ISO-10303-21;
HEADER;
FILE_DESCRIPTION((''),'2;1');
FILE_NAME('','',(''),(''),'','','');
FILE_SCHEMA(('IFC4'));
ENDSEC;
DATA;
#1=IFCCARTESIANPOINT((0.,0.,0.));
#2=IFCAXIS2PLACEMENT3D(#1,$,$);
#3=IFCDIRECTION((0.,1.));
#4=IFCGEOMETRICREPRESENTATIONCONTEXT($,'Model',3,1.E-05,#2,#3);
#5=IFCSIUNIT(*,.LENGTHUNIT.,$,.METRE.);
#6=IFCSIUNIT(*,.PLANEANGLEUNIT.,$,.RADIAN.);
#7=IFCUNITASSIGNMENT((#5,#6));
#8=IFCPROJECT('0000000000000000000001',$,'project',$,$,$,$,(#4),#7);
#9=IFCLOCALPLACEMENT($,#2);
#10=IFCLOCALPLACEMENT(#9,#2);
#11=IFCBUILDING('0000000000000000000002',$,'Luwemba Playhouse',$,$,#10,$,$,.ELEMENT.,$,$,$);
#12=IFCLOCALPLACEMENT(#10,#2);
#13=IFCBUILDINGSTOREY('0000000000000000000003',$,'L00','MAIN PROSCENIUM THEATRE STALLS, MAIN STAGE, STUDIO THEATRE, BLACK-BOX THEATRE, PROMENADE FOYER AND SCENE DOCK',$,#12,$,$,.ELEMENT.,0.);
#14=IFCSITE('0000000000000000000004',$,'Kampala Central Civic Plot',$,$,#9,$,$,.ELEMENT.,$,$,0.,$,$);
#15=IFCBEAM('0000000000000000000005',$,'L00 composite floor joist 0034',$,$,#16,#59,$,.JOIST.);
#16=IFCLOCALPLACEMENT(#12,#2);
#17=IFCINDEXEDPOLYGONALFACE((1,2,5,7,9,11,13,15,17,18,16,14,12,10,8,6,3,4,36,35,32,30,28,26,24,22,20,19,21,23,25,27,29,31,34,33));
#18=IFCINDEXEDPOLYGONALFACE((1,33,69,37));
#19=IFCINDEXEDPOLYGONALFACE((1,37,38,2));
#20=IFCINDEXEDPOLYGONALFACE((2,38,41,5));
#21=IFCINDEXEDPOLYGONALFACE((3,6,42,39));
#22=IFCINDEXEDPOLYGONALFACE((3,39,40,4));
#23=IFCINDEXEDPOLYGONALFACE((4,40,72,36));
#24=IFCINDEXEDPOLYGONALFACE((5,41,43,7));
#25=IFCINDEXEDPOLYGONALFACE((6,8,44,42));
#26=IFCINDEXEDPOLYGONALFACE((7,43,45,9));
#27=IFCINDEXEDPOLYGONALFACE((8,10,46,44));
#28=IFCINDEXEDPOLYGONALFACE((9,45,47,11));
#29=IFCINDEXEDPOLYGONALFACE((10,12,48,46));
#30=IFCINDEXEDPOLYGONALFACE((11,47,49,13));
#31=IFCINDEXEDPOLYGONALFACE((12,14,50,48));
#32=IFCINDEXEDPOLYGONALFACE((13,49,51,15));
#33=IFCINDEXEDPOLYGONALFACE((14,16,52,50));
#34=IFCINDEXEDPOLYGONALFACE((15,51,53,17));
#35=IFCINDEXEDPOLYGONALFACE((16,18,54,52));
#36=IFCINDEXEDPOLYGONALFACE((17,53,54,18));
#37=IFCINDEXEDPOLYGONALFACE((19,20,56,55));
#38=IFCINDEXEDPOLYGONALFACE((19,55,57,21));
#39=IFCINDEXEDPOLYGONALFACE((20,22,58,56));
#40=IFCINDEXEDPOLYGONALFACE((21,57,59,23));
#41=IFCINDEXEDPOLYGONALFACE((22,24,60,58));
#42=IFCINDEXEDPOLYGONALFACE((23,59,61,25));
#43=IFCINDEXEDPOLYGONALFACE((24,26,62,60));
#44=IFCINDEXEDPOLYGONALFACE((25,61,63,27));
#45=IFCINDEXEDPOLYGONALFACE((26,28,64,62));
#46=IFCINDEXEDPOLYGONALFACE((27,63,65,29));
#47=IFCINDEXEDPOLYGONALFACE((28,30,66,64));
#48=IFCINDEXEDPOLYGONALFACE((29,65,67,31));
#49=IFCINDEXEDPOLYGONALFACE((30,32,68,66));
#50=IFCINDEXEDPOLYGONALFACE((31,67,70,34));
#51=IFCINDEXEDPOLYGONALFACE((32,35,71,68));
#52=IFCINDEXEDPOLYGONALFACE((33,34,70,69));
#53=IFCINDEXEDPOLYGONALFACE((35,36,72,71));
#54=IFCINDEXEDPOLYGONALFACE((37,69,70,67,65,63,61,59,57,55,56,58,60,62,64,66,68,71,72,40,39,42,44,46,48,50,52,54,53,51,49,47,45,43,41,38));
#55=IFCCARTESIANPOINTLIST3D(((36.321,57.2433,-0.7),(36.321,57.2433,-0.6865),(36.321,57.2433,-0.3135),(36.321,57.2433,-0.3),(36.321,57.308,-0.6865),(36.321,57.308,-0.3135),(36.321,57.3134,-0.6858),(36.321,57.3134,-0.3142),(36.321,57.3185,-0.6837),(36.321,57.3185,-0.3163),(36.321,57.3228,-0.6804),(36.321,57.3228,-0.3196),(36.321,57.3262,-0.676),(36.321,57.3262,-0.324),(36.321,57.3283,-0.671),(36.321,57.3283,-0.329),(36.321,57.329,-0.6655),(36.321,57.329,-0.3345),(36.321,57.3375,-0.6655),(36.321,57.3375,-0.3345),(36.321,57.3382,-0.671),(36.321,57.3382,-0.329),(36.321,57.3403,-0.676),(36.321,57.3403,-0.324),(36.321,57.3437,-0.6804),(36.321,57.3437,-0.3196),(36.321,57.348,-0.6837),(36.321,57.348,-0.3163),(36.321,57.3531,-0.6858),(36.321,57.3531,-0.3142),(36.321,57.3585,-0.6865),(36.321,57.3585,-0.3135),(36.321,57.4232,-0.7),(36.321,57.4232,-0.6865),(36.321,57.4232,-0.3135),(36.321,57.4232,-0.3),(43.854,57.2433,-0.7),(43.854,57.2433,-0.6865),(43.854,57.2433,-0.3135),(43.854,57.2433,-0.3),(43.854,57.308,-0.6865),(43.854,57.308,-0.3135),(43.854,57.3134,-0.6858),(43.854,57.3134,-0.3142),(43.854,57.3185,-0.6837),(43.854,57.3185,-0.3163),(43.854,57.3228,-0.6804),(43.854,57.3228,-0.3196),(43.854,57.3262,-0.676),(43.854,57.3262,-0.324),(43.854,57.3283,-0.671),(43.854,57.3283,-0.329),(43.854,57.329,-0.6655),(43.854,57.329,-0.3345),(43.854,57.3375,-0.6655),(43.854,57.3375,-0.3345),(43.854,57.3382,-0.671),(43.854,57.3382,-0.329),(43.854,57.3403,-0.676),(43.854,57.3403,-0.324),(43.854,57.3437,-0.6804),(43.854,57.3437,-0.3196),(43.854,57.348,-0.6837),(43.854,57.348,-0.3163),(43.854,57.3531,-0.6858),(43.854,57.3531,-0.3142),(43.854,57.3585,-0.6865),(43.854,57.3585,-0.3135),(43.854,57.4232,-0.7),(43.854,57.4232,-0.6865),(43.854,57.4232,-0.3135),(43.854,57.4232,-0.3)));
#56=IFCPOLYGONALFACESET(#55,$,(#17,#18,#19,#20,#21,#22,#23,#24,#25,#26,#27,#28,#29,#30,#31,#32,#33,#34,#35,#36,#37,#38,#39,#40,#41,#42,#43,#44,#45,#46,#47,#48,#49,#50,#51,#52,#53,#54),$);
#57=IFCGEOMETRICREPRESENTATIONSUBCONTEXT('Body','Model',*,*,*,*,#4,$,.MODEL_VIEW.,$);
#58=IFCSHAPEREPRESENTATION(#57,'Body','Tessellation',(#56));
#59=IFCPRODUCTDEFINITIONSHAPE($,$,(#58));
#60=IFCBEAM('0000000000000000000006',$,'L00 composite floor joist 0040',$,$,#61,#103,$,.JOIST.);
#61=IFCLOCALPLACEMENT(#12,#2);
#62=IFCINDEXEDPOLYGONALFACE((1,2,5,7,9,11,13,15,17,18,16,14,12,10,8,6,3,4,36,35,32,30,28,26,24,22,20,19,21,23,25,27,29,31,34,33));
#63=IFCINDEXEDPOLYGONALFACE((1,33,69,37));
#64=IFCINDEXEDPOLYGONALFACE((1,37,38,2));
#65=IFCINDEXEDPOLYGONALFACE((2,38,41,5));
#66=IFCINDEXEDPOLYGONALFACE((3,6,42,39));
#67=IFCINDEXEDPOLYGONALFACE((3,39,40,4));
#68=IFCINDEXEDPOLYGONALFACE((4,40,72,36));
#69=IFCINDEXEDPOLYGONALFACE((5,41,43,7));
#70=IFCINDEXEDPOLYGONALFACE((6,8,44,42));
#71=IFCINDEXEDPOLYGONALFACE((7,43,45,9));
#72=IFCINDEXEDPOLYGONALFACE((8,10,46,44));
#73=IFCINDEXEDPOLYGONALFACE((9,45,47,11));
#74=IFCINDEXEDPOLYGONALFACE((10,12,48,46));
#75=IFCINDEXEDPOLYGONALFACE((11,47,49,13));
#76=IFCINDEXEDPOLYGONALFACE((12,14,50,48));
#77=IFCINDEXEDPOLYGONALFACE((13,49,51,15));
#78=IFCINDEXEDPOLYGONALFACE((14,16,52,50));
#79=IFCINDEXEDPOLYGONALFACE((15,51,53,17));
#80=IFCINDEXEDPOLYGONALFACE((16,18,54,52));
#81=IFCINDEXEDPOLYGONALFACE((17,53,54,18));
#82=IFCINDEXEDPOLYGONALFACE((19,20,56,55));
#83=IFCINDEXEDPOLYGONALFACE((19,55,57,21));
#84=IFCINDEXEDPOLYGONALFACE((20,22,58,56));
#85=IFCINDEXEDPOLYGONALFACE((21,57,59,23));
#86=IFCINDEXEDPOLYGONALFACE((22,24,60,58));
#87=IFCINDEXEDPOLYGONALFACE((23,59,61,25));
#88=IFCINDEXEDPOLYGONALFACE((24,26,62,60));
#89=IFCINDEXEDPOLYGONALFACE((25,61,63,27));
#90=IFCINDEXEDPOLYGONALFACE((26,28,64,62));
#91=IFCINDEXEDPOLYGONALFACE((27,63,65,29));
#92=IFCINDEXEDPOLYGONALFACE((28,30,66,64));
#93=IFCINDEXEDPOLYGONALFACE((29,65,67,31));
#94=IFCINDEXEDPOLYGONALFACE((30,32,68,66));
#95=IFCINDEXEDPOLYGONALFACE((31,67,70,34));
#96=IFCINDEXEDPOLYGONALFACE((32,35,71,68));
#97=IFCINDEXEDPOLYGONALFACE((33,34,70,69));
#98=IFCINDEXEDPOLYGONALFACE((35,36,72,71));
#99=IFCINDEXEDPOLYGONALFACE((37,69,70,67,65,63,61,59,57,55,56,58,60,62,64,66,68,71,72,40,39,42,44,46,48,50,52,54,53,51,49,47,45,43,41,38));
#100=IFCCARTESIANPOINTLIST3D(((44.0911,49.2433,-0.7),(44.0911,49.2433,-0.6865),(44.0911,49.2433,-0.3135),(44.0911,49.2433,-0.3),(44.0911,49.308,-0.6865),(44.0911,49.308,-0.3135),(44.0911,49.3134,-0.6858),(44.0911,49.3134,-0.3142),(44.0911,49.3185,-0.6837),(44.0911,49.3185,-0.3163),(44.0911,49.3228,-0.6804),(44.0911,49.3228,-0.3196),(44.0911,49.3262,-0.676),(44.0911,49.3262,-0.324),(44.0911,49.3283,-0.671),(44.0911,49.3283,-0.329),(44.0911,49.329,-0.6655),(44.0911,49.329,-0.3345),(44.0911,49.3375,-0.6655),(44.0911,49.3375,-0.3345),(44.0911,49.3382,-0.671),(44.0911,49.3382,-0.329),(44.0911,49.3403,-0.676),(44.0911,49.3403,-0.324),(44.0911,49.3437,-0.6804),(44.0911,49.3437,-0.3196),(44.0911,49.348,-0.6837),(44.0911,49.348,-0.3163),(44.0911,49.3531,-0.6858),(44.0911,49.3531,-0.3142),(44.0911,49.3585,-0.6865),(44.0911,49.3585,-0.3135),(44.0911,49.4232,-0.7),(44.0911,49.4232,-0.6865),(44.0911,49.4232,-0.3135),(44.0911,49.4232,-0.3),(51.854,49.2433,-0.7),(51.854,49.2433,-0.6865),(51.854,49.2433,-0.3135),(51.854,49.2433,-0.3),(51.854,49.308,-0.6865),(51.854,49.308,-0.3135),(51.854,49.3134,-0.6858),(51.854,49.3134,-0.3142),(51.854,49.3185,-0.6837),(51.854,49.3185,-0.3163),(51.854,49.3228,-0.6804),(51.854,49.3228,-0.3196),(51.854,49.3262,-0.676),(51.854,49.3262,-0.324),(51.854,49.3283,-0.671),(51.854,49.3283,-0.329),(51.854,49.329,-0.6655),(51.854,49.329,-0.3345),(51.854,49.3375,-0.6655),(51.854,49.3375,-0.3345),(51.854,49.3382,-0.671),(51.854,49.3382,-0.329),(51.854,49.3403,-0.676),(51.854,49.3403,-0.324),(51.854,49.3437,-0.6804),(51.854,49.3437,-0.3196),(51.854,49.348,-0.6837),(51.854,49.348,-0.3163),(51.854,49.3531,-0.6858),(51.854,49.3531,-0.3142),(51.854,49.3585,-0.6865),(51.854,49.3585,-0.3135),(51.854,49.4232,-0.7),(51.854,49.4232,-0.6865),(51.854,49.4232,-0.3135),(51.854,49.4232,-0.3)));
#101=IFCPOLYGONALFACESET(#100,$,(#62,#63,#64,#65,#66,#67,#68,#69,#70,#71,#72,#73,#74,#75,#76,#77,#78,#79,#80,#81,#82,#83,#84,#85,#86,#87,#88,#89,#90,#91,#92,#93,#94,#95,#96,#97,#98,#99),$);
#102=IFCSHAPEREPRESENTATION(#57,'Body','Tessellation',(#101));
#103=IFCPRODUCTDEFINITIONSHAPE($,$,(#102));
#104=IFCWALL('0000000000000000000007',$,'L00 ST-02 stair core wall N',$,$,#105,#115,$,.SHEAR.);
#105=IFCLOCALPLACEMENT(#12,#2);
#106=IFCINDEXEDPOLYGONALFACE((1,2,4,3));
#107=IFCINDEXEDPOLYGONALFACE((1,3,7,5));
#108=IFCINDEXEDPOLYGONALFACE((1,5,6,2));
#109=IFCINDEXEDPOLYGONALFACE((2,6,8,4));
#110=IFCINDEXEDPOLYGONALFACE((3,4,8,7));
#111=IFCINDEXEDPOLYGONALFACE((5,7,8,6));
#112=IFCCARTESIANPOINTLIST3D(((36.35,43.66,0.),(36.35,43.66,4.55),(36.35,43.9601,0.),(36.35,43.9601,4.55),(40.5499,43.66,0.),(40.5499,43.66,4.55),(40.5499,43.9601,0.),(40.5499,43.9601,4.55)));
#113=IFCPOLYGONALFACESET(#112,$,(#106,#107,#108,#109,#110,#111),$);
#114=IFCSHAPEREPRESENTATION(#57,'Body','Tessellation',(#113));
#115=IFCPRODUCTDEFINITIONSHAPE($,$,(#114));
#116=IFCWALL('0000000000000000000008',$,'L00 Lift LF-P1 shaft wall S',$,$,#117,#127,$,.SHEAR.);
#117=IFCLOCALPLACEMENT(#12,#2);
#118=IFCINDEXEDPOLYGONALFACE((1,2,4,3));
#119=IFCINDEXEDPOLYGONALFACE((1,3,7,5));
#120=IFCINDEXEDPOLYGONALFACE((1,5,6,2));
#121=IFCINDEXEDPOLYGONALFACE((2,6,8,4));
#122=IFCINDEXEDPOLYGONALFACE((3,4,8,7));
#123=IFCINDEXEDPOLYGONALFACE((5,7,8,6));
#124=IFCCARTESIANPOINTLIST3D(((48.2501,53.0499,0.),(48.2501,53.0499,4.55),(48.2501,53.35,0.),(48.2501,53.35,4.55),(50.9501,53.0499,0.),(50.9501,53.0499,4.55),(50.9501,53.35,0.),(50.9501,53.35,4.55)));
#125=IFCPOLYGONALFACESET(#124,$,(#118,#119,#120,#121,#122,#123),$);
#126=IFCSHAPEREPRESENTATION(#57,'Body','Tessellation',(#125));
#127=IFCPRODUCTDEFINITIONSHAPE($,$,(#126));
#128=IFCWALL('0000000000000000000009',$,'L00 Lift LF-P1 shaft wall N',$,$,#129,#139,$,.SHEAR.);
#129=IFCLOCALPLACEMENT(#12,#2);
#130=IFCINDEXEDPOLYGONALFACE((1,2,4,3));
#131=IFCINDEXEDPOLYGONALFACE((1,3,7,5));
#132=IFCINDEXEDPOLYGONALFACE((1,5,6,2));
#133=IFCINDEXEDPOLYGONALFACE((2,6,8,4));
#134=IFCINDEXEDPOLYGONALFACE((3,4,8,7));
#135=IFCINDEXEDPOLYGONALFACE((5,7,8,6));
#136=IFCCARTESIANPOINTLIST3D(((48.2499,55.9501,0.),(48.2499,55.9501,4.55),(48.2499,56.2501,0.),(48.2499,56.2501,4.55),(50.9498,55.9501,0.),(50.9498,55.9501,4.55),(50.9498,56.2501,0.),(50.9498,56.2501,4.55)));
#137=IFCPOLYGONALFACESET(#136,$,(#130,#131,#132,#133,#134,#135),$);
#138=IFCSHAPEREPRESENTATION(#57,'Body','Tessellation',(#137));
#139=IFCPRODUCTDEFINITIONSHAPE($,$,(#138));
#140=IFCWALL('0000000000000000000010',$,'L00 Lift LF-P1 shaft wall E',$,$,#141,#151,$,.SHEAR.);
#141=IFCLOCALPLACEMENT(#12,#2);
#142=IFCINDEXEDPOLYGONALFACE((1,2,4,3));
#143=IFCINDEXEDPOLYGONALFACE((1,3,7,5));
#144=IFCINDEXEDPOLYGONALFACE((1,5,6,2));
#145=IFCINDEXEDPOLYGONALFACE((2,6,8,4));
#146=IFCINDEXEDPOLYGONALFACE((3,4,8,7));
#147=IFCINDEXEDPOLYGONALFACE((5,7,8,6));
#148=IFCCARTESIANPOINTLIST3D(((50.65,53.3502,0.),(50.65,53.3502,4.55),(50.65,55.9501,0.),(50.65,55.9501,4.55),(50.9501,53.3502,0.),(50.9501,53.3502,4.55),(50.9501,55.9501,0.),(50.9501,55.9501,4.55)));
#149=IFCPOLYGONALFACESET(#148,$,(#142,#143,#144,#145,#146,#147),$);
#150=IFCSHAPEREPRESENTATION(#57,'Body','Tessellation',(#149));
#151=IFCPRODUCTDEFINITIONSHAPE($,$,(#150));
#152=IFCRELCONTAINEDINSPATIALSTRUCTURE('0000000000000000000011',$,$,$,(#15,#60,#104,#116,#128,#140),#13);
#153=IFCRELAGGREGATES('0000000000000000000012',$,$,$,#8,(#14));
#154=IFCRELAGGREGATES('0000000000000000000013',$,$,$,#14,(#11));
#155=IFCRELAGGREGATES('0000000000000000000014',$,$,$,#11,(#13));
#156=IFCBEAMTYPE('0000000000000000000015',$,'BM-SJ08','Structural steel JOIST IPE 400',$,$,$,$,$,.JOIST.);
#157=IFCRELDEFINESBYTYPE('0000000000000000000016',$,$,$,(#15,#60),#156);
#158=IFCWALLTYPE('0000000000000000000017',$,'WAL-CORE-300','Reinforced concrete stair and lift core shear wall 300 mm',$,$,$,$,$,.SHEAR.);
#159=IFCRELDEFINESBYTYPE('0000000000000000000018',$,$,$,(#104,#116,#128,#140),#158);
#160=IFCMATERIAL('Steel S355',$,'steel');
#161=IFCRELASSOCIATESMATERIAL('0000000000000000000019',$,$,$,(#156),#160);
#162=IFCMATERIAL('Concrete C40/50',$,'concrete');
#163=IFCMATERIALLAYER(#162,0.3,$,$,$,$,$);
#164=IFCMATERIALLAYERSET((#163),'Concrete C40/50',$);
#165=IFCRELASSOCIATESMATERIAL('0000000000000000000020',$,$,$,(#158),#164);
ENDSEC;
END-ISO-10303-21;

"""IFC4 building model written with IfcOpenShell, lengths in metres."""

from ifc_helpers import new_model, si_unit, direction, frame, frame_2d, origin, origin_2d, place, context, subcontext, project, spatial, rectangle, i_section, extrude, material, layer, layer_set, material_profile, profile_set, type_object, element, save


model = new_model("IFC4")

# Units and contexts
model_context = context("Model", 3, precision=1e-05, world=origin(), true_north=direction((0.0, 1.0)))
body_context = subcontext(model_context, "Body", "Model", "MODEL_VIEW")
ifc_project = project(units=[si_unit("LENGTHUNIT", "METRE"), si_unit("PLANEANGLEUNIT", "RADIAN")], contexts=[model_context])

# Site, building, storey
site_placement = place(None, origin())
site = spatial("IfcSite", under=ifc_project, at=site_placement, Name="Kampala Central Civic Plot", CompositionType="ELEMENT", RefElevation=0.0)
building_placement = place(site_placement, origin())
building = spatial("IfcBuilding", under=site, at=building_placement, Name="Luwemba Playhouse", CompositionType="ELEMENT")
storey_placement = place(building_placement, origin())
storey = spatial("IfcBuildingStorey", under=building, at=storey_placement, Name="L00", Description="MAIN PROSCENIUM THEATRE STALLS, MAIN STAGE, STUDIO THEATRE, BLACK-BOX THEATRE, PROMENADE FOYER AND SCENE DOCK", CompositionType="ELEMENT", Elevation=0.0)

# Shared definitions
ifc_material_1 = material(Name="Concrete C40/50", Category="concrete")

# Beams
ifc_material_2 = material(Name="Steel S355", Category="steel")
ifc_material_profile_1 = material_profile(ifc_material_2, i_section(OverallWidth=0.1799, OverallDepth=0.3999, WebThickness=0.0085, FlangeThickness=0.0134, FilletRadius=0.021, at=origin_2d()))
ifc_profile_set_1 = profile_set([ifc_material_profile_1], Name="Steel S355")
beam_type_1 = type_object("IfcBeamType", Name="BM-SJ08", Description="Structural steel JOIST IPE 400", PredefinedType="JOIST", material=ifc_profile_set_1)
beam_1_placement = place(storey_placement, frame((36.321, 57.3333, -0.5), z_axis=(1.0, 0.0, 0.0), x_axis=(0.0, 1.0, 0.0)))
element("IfcBeam", 1, at=beam_1_placement, inside=storey, type_object=beam_type_1, Name="L00 composite floor joist 0034", PredefinedType="JOIST", context=body_context, shape_type="SweptSolid", body=[
    extrude(i_section(OverallWidth=0.1799, OverallDepth=0.3999, WebThickness=0.0085, FlangeThickness=0.0134, FilletRadius=0.021, at=origin_2d()), origin(), (0.0, 0.0, 1.0), 7.533),
])
beam_2_placement = place(storey_placement, frame((44.0911, 49.3333, -0.5), z_axis=(1.0, 0.0, 0.0), x_axis=(0.0, 1.0, 0.0)))
element("IfcBeam", 2, at=beam_2_placement, inside=storey, type_object=beam_type_1, Name="L00 composite floor joist 0040", PredefinedType="JOIST", context=body_context, shape_type="SweptSolid", body=[
    extrude(i_section(OverallWidth=0.1799, OverallDepth=0.3999, WebThickness=0.0085, FlangeThickness=0.0134, FilletRadius=0.021, at=origin_2d()), origin(), (0.0, 0.0, 1.0), 7.7629),
])

# Walls
ifc_layer = layer(ifc_material_1, 0.3)
ifc_layer_set = layer_set([ifc_layer], Name="Concrete C40/50")
wall_type = type_object("IfcWallType", Name="WAL-CORE-300", Description="Reinforced concrete stair and lift core shear wall 300 mm", PredefinedType="SHEAR", material=ifc_layer_set)
wall_1_placement = place(storey_placement, frame((40.55, 43.8101, 0.0), z_axis=(0.0, 0.0, 1.0), x_axis=(-1.0, 0.0, 0.0)))
element("IfcWall", 3, at=wall_1_placement, inside=storey, type_object=wall_type, Name="L00 ST-02 stair core wall N", PredefinedType="SHEAR", context=body_context, shape_type="SweptSolid", body=[
    extrude(rectangle(XDim=4.2, YDim=0.3, at=frame_2d((2.1001, 0.0))), origin(), (0.0, 0.0, 1.0), 4.55),
])
for number, where, z_axis, x_axis, name in (
    (4, (48.25, 53.2, 0.0), (0.0, 0.0, 1.0), (1.0, 0.0, 0.0), "L00 Lift LF-P1 shaft wall S"),
    (5, (50.95, 56.1001, 0.0), (0.0, 0.0, 1.0), (-1.0, 0.0, 0.0), "L00 Lift LF-P1 shaft wall N"),
):
    element("IfcWall", number, at=place(storey_placement, frame(where, z_axis=z_axis, x_axis=x_axis)), inside=storey, type_object=wall_type, Name=name, PredefinedType="SHEAR", context=body_context, shape_type="SweptSolid", body=[
        extrude(rectangle(XDim=2.7, YDim=0.3, at=frame_2d((1.3501, 0.0))), origin(), (0.0, 0.0, 1.0), 4.55),
    ])

# Wall
wall_2_placement = place(storey_placement, frame((50.8, 55.95, 0.0), z_axis=(0.0, 0.0, 1.0), x_axis=(0.0, -1.0, 0.0)))
element("IfcWall", 6, at=wall_2_placement, inside=storey, type_object=wall_type, Name="L00 Lift LF-P1 shaft wall E", PredefinedType="SHEAR", context=body_context, shape_type="SweptSolid", body=[
    extrude(rectangle(XDim=2.5999, YDim=0.3, at=frame_2d((1.2998, 0.0))), origin(), (0.0, 0.0, 1.0), 4.55),
])

save(model, "model.ifc")
